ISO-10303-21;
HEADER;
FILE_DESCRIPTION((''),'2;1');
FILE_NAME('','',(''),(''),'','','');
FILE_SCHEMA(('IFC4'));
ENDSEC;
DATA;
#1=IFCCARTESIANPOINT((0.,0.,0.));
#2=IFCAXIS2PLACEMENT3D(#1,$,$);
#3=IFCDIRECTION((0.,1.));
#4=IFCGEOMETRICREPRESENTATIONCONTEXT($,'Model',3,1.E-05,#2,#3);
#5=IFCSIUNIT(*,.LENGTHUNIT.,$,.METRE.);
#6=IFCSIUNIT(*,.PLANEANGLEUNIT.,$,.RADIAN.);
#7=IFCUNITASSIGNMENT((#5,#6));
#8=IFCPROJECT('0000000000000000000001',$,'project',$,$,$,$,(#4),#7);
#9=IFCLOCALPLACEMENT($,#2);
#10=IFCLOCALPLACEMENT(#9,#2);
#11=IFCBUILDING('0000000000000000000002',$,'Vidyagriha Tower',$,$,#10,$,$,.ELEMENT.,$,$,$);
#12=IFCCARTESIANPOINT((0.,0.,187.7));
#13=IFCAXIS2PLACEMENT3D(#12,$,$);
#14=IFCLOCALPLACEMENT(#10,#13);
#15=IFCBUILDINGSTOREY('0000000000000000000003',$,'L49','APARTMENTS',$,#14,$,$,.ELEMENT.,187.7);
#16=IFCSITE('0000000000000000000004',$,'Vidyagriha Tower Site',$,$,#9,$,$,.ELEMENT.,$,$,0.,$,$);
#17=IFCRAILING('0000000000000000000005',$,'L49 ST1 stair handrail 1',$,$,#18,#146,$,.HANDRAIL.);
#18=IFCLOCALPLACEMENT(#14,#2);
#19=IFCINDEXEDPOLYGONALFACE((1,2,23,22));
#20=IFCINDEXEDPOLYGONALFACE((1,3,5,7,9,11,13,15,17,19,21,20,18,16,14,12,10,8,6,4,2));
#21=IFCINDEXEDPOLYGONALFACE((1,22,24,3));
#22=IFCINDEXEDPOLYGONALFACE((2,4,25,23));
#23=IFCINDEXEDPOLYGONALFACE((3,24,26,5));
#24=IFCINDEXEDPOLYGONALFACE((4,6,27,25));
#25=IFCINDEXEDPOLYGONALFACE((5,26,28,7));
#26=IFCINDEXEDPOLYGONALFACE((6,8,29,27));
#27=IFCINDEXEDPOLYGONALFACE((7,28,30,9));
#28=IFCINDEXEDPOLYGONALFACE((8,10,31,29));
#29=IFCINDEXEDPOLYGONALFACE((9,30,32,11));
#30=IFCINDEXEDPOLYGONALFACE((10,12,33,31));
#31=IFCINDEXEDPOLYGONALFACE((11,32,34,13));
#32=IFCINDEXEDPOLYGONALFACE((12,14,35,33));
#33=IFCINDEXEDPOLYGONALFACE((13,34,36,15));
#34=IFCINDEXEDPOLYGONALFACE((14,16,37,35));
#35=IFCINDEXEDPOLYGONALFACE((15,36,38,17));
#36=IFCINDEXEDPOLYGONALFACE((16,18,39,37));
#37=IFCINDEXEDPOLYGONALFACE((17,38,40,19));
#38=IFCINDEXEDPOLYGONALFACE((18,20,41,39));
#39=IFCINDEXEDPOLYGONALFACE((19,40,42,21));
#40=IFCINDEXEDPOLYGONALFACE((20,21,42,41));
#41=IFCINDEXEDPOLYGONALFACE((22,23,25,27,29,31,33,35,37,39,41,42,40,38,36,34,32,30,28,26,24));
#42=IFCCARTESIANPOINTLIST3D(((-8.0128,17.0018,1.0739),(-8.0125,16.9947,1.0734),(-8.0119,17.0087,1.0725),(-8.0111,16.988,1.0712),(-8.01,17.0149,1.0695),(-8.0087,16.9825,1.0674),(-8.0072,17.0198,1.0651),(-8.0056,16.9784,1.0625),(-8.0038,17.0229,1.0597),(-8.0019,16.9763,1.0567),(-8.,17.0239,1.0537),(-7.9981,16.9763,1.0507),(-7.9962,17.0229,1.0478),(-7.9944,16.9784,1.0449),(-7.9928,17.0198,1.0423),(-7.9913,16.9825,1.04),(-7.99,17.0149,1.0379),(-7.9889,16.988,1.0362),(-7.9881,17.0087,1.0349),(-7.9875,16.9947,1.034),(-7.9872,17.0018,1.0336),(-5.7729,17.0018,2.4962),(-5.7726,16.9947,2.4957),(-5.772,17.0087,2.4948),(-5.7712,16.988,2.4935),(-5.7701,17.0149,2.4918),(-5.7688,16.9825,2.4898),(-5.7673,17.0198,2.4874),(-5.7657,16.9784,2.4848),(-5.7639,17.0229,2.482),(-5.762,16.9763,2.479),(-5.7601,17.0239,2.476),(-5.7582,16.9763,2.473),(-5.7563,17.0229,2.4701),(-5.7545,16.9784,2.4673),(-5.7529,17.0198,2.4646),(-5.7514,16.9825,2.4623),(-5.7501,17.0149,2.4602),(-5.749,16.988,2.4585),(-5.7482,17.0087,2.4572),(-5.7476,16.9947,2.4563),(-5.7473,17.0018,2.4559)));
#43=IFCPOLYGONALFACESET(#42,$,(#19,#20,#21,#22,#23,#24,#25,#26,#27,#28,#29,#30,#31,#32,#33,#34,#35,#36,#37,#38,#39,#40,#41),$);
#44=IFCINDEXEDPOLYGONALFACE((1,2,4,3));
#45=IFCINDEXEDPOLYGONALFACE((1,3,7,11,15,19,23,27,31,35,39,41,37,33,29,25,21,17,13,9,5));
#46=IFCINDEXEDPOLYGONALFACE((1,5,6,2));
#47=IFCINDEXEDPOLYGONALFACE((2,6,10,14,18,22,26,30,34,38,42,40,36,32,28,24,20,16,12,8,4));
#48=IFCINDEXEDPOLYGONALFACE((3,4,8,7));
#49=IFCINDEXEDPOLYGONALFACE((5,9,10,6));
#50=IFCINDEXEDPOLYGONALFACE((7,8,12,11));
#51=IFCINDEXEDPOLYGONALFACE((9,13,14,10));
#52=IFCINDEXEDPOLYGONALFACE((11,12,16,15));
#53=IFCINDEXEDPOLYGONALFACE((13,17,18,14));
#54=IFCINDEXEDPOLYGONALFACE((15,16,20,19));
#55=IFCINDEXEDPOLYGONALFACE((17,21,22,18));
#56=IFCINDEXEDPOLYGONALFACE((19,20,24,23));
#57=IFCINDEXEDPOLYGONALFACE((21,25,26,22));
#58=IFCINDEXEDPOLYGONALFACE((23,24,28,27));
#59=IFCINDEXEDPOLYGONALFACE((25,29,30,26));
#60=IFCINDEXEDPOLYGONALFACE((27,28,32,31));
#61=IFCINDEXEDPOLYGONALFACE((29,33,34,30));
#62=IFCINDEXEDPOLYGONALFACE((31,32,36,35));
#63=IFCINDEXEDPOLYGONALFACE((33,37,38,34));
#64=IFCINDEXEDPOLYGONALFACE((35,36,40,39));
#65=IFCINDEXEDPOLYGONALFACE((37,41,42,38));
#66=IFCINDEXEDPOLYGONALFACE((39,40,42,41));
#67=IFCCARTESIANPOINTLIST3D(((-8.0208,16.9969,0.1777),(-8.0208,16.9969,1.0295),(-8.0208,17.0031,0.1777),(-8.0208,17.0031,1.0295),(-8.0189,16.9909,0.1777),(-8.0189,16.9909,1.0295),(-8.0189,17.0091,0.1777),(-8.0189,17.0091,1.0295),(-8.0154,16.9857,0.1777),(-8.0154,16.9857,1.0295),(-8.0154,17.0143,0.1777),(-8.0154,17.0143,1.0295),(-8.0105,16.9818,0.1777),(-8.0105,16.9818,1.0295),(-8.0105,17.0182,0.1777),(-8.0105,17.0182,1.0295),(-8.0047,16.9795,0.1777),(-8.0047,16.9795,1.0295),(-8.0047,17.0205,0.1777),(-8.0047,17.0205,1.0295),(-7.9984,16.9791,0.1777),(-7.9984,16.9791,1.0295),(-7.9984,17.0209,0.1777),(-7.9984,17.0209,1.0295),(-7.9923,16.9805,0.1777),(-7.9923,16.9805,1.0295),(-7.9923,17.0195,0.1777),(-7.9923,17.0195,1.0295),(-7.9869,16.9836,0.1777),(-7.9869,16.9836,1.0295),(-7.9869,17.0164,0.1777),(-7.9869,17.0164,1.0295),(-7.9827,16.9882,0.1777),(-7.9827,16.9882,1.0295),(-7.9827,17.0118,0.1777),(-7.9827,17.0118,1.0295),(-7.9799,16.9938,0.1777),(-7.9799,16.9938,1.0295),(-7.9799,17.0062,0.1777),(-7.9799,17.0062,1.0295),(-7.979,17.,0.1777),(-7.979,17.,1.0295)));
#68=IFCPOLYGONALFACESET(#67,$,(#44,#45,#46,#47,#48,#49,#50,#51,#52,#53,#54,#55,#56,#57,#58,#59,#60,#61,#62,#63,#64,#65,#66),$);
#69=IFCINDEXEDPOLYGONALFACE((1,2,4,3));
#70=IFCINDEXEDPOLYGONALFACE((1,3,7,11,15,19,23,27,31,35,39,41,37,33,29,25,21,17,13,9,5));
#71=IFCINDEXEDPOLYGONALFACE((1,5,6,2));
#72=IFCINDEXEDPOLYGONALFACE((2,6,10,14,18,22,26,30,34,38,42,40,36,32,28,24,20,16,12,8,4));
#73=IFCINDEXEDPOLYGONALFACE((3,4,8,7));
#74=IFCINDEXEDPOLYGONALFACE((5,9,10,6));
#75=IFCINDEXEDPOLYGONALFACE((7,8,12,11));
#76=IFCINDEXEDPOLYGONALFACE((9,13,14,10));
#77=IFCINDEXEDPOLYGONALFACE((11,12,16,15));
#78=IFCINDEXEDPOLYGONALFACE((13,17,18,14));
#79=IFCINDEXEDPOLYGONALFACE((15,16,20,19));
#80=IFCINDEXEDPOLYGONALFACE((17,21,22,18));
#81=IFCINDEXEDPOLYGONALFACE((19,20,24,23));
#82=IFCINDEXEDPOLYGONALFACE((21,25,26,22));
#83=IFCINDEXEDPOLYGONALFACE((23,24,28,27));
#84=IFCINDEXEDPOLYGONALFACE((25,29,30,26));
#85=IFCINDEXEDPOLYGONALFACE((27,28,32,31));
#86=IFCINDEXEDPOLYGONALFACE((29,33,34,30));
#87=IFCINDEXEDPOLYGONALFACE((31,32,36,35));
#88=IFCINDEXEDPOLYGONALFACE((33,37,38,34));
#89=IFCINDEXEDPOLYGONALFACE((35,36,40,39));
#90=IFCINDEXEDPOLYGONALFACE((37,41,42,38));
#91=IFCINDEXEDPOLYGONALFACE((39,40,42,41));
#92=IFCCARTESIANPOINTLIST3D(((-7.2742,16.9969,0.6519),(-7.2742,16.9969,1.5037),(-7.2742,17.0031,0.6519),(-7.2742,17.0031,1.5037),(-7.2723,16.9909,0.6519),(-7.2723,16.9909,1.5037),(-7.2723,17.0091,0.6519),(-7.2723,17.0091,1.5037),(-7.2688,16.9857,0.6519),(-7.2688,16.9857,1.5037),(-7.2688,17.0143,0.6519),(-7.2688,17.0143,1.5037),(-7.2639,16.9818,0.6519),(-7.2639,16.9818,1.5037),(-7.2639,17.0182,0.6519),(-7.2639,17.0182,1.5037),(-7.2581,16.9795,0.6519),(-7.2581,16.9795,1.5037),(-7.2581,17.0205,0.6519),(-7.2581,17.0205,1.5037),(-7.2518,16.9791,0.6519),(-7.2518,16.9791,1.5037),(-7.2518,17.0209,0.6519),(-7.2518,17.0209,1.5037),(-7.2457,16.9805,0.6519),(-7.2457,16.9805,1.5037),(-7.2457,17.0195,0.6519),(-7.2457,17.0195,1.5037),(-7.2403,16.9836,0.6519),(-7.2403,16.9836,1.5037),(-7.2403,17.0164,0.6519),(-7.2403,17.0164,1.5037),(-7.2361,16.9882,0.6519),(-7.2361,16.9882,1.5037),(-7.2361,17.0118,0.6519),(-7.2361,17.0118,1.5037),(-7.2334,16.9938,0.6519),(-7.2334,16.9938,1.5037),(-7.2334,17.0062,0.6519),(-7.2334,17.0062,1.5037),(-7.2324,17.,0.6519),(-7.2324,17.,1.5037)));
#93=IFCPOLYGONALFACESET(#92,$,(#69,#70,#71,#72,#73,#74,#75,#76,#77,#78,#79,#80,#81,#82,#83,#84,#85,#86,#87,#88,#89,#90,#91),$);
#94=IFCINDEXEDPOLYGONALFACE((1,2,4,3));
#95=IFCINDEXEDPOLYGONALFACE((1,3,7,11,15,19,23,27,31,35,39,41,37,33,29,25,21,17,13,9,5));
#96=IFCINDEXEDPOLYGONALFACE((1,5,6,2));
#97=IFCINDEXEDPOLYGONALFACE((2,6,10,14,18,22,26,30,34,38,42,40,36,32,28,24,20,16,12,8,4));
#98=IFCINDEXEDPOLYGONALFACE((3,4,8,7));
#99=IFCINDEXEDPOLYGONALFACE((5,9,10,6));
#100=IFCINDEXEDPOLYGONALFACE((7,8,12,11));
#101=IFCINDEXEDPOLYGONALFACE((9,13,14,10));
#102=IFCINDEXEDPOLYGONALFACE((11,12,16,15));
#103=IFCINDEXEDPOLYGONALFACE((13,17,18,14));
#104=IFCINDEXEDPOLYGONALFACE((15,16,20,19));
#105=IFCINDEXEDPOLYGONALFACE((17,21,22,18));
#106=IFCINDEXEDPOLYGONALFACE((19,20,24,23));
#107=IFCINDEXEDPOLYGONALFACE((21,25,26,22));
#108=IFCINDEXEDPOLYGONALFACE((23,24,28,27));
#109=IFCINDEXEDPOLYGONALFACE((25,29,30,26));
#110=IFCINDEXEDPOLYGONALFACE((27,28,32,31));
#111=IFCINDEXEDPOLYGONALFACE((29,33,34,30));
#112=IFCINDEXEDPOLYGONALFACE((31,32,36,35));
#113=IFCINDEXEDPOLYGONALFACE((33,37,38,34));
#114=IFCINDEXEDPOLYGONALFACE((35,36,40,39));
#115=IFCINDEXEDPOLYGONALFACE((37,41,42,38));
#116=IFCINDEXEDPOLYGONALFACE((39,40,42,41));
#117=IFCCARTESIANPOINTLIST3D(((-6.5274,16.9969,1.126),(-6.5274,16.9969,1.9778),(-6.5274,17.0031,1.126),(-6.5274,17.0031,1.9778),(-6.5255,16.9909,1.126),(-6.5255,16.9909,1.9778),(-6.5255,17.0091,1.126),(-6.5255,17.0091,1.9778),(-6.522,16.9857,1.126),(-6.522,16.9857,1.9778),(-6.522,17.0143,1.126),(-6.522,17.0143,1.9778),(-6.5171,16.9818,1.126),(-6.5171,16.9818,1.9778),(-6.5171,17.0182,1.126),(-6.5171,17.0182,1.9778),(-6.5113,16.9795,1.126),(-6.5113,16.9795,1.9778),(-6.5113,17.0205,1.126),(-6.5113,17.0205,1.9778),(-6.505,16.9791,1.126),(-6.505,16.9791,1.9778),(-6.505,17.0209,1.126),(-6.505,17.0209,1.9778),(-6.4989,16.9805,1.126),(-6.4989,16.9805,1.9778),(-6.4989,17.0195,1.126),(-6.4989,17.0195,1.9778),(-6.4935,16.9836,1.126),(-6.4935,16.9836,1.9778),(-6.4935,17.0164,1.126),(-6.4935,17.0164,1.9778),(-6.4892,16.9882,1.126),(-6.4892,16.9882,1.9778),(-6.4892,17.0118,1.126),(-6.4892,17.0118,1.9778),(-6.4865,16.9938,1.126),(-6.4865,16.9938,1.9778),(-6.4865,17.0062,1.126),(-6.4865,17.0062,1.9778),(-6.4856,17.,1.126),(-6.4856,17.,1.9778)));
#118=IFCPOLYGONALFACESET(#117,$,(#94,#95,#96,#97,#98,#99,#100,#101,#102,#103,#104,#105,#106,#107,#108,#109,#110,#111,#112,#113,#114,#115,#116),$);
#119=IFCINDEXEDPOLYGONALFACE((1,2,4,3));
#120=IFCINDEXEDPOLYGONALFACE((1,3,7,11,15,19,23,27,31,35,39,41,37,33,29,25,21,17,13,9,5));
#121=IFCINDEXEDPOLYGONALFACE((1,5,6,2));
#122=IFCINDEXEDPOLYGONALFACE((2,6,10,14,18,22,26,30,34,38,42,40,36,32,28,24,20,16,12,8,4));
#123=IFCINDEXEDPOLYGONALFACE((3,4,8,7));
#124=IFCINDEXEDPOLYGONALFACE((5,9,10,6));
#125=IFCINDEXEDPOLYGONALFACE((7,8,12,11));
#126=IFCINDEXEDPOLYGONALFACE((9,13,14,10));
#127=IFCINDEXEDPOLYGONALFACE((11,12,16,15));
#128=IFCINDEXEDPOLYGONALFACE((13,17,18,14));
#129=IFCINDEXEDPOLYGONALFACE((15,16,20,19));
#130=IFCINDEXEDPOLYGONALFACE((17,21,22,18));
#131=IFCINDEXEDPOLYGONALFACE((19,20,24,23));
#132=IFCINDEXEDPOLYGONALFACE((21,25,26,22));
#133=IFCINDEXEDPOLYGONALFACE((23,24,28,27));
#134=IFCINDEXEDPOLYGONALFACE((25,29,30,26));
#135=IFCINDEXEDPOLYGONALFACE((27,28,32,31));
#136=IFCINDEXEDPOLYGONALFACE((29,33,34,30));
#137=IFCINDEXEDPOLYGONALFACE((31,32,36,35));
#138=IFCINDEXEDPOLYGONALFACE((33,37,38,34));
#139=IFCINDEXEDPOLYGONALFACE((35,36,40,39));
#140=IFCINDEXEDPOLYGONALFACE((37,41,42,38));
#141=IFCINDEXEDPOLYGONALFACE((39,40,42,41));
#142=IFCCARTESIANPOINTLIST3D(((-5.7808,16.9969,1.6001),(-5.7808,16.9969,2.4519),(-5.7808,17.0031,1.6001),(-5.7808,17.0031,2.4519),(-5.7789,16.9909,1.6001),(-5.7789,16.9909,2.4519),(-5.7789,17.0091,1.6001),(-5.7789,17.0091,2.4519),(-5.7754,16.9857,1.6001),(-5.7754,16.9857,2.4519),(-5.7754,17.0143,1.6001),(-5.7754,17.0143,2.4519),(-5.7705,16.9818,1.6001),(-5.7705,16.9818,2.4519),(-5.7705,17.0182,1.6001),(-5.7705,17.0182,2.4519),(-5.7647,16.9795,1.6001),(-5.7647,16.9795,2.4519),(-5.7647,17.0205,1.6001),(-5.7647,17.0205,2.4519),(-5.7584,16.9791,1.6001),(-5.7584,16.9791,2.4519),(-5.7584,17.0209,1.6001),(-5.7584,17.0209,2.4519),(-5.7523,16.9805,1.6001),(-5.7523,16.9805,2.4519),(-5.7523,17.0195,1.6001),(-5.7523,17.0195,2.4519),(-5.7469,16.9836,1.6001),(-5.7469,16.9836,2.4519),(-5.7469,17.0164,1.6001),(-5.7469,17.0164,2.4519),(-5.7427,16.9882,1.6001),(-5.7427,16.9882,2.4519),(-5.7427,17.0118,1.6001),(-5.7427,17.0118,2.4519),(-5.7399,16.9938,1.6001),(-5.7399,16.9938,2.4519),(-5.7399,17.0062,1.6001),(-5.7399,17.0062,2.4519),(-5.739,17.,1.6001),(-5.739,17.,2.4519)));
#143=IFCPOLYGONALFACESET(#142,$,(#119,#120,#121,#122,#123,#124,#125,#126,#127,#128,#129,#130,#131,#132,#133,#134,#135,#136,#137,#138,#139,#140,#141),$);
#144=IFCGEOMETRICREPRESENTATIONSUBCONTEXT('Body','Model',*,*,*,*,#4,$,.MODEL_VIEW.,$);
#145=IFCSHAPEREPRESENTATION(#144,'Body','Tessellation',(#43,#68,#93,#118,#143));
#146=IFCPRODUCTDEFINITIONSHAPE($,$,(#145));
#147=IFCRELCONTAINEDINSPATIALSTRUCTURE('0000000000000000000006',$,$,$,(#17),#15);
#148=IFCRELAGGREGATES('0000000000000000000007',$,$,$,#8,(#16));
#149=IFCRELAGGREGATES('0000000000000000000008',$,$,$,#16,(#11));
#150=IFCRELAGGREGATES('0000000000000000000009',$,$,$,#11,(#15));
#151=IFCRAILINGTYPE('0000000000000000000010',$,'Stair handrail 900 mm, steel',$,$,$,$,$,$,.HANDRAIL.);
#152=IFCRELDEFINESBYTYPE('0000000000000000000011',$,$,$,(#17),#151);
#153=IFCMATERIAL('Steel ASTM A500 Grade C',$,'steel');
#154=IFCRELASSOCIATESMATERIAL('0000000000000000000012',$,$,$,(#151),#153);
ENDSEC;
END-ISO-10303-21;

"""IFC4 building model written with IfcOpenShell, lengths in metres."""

from ifc_helpers import new_model, si_unit, direction, frame, origin, origin_2d, place, context, subcontext, project, spatial, circle, extrude, material, type_object, element, save


model = new_model("IFC4")

# Units and contexts
model_context = context("Model", 3, precision=1e-05, world=origin(), true_north=direction((0.0, 1.0)))
body_context = subcontext(model_context, "Body", "Model", "MODEL_VIEW")
ifc_project = project(units=[si_unit("LENGTHUNIT", "METRE"), si_unit("PLANEANGLEUNIT", "RADIAN")], contexts=[model_context])

# Site, building, storey
site_placement = place(None, origin())
site = spatial("IfcSite", under=ifc_project, at=site_placement, Name="Vidyagriha Tower Site", CompositionType="ELEMENT", RefElevation=0.0)
building_placement = place(site_placement, origin())
building = spatial("IfcBuilding", under=site, at=building_placement, Name="Vidyagriha Tower", CompositionType="ELEMENT")
storey_placement = place(building_placement, frame((0.0, 0.0, 187.7)))
storey = spatial("IfcBuildingStorey", under=building, at=storey_placement, Name="L49", Description="APARTMENTS", CompositionType="ELEMENT", Elevation=187.7)

# Railing
ifc_material_1 = material(Name="Steel ASTM A500 Grade C", Category="steel")
railing_type_1 = type_object("IfcRailingType", Name="Stair handrail 900 mm, steel", PredefinedType="HANDRAIL", material=ifc_material_1)
railing_1_placement = place(storey_placement, frame((-8.0, 17.0, 0.1777)))
element("IfcRailing", 1, at=railing_1_placement, inside=storey, type_object=railing_type_1, Name="L49 ST1 stair handrail 1", PredefinedType="HANDRAIL", context=body_context, shape_type="SweptSolid", body=[
    extrude(circle(Radius=0.0239, at=origin_2d()), frame((0.0, 0.0, 0.876), z_axis=(0.844188, 0.0, 0.536048), x_axis=(0.0, 1.0, 0.0)), (0.0, 0.0, 1.0), 2.6533),
    extrude(circle(Radius=0.021, at=origin_2d()), origin(), (0.0, 0.0, 1.0), 0.8518),
    extrude(circle(Radius=0.021, at=origin_2d()), frame((0.7466, 0.0, 0.4741)), (0.0, 0.0, 1.0), 0.8518),
    extrude(circle(Radius=0.021, at=origin_2d()), frame((1.4934, 0.0, 0.9482)), (0.0, 0.0, 1.0), 0.8518),
    extrude(circle(Radius=0.021, at=origin_2d()), frame((2.24, 0.0, 1.4224)), (0.0, 0.0, 1.0), 0.8518),
])

save(model, "model.ifc")
